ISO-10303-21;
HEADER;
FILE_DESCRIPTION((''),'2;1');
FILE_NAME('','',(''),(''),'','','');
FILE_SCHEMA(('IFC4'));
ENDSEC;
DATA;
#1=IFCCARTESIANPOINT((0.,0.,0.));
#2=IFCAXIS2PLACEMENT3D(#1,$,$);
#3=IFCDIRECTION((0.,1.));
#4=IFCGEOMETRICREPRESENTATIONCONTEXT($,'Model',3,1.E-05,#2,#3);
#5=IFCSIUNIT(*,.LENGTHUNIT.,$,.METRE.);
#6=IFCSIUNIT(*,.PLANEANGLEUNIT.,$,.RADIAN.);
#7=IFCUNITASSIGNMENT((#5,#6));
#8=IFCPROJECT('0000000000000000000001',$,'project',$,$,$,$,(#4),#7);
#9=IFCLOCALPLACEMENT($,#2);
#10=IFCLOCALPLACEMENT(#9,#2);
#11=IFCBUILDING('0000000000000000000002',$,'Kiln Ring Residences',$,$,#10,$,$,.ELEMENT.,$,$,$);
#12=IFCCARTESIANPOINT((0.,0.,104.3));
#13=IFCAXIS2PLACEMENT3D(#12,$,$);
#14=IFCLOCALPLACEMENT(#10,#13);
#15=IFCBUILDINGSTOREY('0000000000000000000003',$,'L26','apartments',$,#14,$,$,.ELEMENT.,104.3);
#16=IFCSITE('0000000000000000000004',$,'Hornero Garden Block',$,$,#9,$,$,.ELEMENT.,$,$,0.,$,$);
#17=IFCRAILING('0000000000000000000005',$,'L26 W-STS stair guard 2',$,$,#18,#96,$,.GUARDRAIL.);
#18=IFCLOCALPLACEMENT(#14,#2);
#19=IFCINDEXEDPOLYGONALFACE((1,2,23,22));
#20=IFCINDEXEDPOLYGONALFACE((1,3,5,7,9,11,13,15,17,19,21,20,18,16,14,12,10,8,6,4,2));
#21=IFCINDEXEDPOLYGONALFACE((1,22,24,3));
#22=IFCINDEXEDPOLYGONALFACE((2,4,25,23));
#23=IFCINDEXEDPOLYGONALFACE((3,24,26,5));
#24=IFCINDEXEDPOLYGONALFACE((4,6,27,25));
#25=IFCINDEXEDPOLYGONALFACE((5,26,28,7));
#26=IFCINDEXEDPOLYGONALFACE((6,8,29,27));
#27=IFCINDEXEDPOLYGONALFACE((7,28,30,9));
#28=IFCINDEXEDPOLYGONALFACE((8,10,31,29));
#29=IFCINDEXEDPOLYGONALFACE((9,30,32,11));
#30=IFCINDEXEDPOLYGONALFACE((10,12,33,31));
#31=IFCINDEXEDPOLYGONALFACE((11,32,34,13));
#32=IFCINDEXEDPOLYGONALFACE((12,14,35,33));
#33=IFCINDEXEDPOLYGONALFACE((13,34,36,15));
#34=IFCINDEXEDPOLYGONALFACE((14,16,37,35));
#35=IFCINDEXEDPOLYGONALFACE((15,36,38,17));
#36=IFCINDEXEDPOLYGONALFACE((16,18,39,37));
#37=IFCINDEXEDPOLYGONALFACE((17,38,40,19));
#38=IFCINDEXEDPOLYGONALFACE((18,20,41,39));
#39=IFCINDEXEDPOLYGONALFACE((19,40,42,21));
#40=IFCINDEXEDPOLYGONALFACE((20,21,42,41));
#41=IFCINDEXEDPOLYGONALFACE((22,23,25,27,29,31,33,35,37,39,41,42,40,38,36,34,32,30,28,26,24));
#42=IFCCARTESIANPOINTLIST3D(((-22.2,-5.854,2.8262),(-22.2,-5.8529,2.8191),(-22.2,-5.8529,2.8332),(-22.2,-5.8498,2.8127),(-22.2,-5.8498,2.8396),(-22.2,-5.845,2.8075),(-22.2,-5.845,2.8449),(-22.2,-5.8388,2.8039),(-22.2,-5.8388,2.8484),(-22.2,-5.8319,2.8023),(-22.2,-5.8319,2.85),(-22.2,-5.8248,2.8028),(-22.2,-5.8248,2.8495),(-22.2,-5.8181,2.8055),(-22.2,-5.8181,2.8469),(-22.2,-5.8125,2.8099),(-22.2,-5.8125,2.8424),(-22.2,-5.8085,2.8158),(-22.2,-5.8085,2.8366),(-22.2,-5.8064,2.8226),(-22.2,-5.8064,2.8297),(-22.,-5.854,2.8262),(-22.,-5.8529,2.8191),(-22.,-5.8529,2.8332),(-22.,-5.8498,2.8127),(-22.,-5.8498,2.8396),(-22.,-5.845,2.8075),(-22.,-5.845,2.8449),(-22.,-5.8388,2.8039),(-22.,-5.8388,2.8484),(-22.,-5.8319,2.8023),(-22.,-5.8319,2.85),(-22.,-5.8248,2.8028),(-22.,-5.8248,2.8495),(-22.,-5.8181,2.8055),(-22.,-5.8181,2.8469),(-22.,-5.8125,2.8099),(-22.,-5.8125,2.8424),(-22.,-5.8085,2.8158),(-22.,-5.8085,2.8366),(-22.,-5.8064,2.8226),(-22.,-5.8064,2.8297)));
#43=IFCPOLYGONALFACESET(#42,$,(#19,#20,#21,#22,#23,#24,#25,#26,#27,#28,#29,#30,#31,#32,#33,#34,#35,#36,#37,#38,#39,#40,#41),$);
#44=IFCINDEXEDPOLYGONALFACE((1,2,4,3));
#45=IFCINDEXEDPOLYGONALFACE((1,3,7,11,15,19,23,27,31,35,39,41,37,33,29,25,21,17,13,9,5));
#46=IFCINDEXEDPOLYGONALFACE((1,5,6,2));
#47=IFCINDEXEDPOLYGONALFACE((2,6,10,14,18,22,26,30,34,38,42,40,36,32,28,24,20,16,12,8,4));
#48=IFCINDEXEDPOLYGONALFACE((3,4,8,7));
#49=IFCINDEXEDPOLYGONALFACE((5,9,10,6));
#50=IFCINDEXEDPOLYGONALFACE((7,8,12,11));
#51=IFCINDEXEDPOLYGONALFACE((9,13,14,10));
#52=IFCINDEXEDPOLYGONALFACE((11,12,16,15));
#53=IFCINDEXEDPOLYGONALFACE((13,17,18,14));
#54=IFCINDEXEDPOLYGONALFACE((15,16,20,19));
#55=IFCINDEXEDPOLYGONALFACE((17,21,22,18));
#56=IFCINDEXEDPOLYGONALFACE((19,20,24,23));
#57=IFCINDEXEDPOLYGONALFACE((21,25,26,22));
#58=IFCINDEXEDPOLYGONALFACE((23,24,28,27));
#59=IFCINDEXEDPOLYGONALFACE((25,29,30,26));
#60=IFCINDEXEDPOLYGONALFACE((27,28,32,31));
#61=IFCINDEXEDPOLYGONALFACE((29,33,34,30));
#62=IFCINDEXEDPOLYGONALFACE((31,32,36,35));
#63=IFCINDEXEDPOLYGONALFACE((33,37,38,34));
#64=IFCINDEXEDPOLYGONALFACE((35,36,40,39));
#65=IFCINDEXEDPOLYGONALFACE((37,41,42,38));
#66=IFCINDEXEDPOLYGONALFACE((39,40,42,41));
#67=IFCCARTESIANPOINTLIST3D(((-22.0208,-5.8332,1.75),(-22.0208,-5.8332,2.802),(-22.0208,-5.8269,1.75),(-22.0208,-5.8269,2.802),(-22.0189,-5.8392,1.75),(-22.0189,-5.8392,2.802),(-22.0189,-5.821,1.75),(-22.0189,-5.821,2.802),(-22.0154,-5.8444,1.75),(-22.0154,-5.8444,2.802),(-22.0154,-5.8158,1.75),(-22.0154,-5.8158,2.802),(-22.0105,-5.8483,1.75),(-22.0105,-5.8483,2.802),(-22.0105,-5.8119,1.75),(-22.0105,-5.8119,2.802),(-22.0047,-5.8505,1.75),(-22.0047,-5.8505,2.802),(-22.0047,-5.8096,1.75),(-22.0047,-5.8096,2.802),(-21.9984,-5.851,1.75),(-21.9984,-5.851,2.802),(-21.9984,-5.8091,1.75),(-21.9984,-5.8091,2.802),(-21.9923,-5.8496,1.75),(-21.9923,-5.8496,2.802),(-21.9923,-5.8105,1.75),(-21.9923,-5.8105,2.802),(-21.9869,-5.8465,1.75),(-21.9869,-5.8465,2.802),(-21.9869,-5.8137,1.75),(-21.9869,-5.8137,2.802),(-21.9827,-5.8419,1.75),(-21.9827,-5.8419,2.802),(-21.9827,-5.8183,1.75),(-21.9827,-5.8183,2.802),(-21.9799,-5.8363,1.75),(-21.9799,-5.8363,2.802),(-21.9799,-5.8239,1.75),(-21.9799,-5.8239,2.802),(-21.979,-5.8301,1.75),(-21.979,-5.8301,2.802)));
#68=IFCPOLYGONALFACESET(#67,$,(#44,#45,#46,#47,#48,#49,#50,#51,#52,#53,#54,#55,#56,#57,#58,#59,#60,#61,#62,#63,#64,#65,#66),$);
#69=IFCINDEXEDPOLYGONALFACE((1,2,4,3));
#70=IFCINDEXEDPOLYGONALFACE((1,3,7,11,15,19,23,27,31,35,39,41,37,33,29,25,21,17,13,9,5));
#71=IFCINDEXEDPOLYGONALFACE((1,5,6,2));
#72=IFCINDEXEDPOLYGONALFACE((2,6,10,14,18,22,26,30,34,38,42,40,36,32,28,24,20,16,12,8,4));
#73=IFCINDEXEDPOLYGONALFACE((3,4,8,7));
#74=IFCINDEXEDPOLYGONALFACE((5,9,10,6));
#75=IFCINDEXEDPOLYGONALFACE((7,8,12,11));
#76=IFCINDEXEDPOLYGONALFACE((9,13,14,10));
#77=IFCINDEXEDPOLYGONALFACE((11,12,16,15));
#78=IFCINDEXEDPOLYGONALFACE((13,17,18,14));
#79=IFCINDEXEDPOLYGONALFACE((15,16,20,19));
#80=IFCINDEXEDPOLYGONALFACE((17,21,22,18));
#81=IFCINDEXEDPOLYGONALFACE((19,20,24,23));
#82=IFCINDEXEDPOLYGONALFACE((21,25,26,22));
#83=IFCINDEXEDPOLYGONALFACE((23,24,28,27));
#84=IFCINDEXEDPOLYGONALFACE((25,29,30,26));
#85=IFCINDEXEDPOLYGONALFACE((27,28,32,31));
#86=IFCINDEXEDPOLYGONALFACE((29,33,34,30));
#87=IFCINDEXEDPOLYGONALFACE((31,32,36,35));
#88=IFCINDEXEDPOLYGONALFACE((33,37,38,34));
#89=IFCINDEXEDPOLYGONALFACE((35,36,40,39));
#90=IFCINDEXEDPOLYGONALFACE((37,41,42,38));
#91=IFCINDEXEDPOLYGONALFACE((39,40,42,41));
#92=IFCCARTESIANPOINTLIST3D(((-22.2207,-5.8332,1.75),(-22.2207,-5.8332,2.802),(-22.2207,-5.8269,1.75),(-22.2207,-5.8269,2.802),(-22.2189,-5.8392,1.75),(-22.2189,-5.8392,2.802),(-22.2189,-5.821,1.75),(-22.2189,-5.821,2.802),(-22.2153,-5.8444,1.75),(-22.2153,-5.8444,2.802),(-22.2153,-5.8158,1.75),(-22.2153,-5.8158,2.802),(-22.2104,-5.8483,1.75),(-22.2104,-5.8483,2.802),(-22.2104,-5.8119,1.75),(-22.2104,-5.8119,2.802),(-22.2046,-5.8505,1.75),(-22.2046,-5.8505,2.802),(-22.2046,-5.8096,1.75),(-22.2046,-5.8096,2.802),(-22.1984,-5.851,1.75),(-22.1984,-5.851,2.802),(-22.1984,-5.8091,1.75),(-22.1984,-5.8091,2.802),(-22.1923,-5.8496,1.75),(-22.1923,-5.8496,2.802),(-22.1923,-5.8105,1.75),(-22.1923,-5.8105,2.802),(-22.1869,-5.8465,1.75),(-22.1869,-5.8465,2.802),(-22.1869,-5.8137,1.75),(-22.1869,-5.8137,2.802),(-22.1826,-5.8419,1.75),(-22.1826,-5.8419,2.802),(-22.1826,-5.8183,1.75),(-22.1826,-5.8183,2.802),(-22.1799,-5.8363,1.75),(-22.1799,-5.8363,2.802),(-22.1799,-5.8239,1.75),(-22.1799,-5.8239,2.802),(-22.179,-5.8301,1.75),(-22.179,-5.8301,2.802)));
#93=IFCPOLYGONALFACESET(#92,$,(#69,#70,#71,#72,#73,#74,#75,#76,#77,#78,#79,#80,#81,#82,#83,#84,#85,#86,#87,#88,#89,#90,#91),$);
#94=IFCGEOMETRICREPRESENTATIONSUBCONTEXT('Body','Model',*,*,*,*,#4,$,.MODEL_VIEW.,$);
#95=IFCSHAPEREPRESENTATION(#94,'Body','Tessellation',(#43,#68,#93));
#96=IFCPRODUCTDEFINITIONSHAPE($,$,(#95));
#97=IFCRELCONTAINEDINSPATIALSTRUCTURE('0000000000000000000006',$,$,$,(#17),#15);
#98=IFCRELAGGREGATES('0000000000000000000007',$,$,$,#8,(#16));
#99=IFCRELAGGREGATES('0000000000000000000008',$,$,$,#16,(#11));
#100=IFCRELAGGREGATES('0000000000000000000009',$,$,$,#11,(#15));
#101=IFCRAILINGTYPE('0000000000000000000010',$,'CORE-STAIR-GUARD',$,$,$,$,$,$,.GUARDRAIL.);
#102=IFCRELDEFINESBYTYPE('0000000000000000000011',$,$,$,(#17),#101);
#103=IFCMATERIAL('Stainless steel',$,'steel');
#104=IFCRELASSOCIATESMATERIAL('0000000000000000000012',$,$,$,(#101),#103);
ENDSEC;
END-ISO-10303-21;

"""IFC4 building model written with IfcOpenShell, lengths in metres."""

from ifc_helpers import new_model, si_unit, direction, frame, origin, origin_2d, place, context, subcontext, project, spatial, circle, extrude, material, type_object, element, save


model = new_model("IFC4")

# Units and contexts
model_context = context("Model", 3, precision=1e-05, world=origin(), true_north=direction((0.0, 1.0)))
body_context = subcontext(model_context, "Body", "Model", "MODEL_VIEW")
ifc_project = project(units=[si_unit("LENGTHUNIT", "METRE"), si_unit("PLANEANGLEUNIT", "RADIAN")], contexts=[model_context])

# Site, building, storey
site_placement = place(None, origin())
site = spatial("IfcSite", under=ifc_project, at=site_placement, Name="Hornero Garden Block", CompositionType="ELEMENT", RefElevation=0.0)
building_placement = place(site_placement, origin())
building = spatial("IfcBuilding", under=site, at=building_placement, Name="Kiln Ring Residences", CompositionType="ELEMENT")
storey_placement = place(building_placement, frame((0.0, 0.0, 104.3)))
storey = spatial("IfcBuildingStorey", under=building, at=storey_placement, Name="L26", Description="apartments", CompositionType="ELEMENT", Elevation=104.3)

# Railing
ifc_material_1 = material(Name="Stainless steel", Category="steel")
railing_type_1 = type_object("IfcRailingType", Name="CORE-STAIR-GUARD", PredefinedType="GUARDRAIL", material=ifc_material_1)
railing_1_placement = place(storey_placement, frame((-22.0, -5.8301, 1.75)))
element("IfcRailing", 1, at=railing_1_placement, inside=storey, type_object=railing_type_1, Name="L26 W-STS stair guard 2", PredefinedType="GUARDRAIL", context=body_context, shape_type="SweptSolid", body=[
    extrude(circle(Radius=0.0239, at=origin_2d()), frame((0.0, 0.0, 1.0762), z_axis=(-1.0, 0.0, 0.0), x_axis=(0.0, -1.0, 0.0)), (0.0, 0.0, 1.0), 0.2),
    extrude(circle(Radius=0.021, at=origin_2d()), origin(), (0.0, 0.0, 1.0), 1.052),
    extrude(circle(Radius=0.021, at=origin_2d()), frame((-0.2, 0.0, 0.0)), (0.0, 0.0, 1.0), 1.052),
])

save(model, "model.ifc")
